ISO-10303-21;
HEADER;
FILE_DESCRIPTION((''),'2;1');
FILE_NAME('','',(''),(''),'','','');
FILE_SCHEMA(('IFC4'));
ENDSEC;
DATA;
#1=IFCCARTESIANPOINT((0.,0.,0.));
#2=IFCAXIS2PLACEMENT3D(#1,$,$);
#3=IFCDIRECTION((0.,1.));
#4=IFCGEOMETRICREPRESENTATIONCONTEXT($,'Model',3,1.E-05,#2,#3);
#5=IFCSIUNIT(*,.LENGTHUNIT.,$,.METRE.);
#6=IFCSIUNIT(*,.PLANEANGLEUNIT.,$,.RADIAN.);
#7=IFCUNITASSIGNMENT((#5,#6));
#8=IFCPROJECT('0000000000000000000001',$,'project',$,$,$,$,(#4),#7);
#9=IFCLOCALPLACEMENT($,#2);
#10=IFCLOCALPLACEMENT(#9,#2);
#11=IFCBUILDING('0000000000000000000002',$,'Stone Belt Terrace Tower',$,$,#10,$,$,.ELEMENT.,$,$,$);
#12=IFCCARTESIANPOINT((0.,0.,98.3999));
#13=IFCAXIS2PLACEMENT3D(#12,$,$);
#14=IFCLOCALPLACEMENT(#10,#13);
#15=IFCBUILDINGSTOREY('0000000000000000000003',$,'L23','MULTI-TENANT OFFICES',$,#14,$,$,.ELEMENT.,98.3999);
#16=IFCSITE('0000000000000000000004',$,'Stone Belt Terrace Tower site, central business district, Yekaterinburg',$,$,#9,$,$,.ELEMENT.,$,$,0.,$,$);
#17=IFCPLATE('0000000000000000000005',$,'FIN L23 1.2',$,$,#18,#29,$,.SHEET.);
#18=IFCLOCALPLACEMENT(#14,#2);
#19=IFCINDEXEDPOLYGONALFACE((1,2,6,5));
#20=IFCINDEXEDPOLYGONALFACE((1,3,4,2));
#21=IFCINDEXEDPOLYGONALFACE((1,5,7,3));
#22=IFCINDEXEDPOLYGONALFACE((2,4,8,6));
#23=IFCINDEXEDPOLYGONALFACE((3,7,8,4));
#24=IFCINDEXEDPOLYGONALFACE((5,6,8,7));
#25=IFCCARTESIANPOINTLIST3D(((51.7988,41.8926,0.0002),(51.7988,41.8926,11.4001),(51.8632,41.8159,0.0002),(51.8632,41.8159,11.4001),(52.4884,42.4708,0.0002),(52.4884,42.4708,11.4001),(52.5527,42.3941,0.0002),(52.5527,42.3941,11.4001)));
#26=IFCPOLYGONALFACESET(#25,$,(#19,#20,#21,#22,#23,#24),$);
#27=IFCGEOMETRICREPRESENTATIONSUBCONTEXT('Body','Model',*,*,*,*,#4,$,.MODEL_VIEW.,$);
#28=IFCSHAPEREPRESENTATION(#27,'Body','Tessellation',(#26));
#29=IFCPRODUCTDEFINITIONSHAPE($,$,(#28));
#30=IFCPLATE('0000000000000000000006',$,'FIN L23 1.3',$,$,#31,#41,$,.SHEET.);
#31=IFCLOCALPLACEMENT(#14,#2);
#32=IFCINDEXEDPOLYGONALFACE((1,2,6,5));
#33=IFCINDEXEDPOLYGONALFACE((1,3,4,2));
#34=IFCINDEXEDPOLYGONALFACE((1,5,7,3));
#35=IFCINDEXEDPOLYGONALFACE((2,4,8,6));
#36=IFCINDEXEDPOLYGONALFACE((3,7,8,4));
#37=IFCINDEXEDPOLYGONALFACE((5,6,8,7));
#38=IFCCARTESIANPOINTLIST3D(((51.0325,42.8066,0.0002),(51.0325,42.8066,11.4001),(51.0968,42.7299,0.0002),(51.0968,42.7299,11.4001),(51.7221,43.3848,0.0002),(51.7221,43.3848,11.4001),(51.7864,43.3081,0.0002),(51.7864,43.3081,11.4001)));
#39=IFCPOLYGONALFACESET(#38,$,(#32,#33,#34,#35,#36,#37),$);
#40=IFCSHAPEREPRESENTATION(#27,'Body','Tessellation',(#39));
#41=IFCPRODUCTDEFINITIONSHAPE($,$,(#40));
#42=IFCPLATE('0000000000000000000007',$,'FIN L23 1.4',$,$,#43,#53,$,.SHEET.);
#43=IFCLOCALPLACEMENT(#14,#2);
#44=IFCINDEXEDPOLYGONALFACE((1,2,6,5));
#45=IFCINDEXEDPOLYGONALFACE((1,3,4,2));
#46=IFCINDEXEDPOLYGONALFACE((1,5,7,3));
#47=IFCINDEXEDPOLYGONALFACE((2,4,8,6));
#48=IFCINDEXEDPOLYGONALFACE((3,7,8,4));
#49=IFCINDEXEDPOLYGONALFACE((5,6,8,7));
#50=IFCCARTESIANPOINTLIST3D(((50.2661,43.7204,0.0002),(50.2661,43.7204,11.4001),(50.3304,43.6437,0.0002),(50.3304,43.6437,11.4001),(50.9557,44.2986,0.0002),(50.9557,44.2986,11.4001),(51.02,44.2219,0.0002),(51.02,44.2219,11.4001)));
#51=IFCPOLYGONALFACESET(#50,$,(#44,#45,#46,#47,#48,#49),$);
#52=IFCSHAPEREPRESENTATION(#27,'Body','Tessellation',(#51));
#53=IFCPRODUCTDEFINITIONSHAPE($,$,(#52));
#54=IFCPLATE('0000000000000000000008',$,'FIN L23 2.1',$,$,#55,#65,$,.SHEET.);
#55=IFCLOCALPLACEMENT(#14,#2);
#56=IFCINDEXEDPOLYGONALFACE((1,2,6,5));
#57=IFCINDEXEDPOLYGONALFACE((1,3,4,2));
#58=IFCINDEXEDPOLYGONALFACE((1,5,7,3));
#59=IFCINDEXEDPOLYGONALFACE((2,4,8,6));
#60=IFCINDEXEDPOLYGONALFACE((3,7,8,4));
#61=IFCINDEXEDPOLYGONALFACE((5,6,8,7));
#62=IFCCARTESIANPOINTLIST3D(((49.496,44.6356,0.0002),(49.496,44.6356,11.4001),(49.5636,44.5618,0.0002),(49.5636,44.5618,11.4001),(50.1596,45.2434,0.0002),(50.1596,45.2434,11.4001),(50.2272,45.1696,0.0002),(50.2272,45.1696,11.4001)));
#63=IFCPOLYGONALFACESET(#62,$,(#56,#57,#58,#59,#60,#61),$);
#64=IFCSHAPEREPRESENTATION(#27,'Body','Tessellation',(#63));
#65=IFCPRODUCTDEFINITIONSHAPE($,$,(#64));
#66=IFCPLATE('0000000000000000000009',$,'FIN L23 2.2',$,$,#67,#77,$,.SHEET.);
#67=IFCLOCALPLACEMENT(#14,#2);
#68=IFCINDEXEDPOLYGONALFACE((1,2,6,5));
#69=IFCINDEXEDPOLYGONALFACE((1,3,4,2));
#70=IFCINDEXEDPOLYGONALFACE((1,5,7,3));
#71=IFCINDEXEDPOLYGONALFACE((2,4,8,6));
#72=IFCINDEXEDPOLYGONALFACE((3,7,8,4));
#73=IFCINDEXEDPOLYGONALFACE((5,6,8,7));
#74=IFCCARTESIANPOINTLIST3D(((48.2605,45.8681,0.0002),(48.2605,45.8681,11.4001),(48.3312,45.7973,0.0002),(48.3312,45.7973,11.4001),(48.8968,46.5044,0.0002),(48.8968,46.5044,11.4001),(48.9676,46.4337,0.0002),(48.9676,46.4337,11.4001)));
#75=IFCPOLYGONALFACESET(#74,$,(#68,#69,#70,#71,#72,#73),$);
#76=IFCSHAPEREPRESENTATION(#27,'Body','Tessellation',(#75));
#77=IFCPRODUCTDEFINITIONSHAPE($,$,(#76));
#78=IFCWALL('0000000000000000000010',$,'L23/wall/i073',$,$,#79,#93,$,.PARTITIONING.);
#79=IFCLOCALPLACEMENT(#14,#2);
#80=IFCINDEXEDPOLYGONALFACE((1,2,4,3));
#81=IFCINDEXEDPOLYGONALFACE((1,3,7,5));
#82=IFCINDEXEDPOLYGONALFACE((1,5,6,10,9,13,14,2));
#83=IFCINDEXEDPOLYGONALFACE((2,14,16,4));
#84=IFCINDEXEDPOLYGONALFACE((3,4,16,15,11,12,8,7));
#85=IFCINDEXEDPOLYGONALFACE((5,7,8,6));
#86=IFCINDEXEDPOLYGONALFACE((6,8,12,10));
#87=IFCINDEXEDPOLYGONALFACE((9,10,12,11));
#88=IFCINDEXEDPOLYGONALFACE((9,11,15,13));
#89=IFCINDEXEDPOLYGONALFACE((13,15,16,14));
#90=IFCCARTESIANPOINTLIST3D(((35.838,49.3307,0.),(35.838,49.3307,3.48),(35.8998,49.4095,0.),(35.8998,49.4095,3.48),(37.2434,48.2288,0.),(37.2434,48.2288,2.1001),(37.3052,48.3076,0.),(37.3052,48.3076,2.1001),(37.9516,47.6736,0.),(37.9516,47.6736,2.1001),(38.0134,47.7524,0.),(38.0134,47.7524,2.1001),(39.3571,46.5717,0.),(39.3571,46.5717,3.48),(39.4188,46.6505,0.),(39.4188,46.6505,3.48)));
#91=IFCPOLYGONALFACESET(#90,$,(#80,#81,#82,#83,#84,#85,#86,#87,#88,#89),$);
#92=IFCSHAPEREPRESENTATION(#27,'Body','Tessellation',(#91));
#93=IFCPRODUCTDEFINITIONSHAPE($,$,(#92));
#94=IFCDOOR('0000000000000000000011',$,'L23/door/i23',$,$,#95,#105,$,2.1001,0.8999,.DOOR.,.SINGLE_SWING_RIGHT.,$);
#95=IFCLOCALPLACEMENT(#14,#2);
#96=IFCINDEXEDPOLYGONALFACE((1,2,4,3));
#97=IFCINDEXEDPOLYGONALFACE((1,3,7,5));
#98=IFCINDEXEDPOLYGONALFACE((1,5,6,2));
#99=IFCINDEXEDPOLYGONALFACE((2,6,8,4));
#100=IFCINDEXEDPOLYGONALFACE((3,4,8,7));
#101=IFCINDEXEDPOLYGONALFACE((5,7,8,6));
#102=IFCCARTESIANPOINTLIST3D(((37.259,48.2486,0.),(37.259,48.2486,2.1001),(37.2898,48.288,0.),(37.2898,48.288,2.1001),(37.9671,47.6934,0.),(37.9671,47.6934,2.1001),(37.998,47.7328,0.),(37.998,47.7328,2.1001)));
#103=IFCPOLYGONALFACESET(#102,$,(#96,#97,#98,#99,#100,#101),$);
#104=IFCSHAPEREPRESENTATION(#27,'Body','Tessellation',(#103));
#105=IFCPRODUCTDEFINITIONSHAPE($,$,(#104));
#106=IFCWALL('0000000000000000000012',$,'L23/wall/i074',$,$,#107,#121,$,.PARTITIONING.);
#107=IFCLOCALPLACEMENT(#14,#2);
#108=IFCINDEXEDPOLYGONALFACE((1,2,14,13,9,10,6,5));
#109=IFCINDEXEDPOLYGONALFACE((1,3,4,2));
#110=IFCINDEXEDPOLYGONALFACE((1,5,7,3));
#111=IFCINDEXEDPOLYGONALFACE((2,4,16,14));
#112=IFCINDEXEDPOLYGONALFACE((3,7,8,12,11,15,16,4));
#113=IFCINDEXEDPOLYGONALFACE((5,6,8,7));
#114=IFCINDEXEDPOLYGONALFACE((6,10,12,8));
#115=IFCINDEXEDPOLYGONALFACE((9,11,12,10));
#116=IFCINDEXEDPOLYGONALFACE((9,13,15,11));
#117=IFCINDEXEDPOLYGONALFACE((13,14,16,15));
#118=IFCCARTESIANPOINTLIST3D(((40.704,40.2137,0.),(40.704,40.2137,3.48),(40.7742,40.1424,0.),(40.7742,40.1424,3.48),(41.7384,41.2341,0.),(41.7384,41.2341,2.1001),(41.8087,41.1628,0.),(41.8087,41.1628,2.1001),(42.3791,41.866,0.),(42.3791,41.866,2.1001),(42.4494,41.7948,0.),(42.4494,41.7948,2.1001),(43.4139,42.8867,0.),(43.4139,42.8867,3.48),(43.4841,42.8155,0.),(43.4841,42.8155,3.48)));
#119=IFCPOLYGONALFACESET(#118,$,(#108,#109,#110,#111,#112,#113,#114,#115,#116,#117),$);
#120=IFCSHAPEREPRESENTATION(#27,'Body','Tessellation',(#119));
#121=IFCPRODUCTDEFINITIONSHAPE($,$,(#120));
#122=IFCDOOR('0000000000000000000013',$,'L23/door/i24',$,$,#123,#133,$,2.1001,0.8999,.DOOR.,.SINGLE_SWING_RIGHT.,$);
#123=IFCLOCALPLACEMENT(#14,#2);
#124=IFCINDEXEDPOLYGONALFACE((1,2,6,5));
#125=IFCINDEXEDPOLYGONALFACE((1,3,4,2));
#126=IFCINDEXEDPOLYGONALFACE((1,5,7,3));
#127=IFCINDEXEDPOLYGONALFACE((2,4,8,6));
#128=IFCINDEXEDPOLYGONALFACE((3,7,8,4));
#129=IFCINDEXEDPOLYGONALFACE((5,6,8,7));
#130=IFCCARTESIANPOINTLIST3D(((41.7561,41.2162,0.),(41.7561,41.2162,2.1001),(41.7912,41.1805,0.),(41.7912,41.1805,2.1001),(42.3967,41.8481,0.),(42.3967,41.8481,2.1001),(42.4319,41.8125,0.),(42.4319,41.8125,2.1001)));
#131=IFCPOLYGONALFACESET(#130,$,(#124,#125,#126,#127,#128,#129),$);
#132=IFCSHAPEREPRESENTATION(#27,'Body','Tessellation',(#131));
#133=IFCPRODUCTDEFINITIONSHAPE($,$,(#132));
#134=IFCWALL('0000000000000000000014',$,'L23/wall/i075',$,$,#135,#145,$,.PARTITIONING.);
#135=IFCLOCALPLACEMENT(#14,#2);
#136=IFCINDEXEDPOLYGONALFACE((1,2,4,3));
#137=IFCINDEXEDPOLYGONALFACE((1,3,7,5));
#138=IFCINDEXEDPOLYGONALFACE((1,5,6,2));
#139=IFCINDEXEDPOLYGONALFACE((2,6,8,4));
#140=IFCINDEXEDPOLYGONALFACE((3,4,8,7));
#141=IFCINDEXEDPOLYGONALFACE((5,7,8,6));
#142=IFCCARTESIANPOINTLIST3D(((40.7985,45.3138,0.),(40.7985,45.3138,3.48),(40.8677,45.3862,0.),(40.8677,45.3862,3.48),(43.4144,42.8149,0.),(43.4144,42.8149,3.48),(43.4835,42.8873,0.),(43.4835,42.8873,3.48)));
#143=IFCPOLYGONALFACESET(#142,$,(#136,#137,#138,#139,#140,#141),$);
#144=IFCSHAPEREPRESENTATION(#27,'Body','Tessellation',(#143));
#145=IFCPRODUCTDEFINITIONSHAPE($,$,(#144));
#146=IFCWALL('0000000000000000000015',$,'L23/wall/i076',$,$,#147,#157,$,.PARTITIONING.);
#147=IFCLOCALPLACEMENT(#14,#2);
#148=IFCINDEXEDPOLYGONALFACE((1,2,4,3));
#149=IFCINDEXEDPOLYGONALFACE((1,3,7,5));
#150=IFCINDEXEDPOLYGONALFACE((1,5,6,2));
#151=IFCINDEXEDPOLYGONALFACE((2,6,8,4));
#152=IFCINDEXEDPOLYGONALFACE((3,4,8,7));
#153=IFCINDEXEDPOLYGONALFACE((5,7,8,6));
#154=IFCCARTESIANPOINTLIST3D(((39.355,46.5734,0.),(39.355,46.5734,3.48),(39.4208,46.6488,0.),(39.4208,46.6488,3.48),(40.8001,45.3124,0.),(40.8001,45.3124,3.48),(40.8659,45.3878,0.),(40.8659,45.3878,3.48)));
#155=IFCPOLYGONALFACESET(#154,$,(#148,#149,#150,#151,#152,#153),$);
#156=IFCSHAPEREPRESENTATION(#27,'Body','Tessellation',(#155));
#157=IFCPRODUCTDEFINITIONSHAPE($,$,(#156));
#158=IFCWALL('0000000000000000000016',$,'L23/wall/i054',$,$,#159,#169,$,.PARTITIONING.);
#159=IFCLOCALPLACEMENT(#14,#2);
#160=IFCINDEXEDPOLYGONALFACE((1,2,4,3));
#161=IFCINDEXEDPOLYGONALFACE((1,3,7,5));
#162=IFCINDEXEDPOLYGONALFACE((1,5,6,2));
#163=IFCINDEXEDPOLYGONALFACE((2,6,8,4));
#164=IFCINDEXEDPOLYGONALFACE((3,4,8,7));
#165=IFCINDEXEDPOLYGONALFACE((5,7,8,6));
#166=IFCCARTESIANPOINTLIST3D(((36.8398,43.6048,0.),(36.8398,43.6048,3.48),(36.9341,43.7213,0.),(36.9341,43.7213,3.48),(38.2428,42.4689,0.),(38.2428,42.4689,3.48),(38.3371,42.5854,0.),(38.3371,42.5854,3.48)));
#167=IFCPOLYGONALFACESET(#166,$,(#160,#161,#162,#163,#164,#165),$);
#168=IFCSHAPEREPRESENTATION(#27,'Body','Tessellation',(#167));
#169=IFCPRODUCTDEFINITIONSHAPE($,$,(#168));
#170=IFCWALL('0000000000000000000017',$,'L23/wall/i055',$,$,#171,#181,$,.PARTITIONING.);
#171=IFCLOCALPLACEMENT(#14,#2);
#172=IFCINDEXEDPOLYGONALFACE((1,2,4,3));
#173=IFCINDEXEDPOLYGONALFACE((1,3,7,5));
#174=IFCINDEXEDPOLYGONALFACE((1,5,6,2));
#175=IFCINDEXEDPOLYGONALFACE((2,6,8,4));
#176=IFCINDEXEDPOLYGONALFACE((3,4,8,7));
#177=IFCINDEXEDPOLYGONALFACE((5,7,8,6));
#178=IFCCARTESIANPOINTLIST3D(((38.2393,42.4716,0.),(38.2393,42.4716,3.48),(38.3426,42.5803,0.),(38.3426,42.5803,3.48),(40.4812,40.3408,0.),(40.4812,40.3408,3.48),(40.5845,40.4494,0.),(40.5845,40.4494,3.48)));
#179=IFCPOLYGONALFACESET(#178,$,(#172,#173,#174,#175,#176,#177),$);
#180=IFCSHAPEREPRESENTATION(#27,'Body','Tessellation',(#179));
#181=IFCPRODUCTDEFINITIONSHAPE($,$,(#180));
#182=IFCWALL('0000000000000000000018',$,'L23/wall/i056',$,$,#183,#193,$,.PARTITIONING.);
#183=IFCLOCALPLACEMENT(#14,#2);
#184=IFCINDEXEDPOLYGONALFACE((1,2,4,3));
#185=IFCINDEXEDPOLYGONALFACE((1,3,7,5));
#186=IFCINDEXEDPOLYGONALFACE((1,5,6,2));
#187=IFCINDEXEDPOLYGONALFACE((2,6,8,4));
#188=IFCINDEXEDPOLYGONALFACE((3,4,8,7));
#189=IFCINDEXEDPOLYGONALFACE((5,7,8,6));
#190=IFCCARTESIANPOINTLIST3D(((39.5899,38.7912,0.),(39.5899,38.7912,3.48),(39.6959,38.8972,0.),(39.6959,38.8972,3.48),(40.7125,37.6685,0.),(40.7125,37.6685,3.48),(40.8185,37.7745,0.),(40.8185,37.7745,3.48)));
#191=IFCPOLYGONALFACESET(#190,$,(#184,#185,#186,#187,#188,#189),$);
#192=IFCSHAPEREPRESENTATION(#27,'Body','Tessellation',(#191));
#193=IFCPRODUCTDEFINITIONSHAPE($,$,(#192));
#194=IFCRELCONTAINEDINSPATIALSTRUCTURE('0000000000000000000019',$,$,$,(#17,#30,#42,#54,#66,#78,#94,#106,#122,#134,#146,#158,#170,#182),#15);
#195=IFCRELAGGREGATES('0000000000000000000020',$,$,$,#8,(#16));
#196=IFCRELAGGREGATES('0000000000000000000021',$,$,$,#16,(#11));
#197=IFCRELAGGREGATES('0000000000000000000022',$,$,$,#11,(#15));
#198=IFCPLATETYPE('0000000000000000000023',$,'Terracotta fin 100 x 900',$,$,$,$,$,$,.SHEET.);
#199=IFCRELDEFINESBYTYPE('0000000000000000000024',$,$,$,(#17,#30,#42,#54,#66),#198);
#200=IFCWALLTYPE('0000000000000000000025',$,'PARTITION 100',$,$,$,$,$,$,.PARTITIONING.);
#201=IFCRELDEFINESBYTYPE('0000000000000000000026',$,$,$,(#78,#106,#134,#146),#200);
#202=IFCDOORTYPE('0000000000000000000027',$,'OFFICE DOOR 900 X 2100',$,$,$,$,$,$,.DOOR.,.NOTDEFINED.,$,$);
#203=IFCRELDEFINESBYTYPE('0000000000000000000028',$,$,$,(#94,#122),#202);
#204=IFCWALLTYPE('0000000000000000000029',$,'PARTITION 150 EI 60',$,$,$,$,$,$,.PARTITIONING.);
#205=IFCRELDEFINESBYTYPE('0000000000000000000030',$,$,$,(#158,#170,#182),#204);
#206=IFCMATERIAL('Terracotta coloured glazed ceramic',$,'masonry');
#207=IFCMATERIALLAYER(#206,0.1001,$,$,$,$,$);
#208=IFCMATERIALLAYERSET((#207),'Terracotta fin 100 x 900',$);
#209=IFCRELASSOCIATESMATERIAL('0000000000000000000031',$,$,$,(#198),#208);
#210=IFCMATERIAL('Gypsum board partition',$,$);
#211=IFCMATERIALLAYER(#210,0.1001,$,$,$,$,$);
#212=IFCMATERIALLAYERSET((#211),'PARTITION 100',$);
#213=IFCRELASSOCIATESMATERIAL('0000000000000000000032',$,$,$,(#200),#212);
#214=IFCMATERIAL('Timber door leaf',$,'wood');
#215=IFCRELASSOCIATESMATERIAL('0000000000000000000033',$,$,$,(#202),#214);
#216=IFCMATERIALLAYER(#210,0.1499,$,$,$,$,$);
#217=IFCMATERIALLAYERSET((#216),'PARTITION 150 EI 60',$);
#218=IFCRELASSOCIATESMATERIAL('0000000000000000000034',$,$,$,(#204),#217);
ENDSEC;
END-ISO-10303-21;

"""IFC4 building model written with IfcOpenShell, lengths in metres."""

from ifc_helpers import new_model, si_unit, direction, frame, frame_2d, origin, origin_2d, place, context, subcontext, project, spatial, rectangle, extrude, material, layer, layer_set, type_object, element, fill, save


model = new_model("IFC4")

# Units and contexts
model_context = context("Model", 3, precision=1e-05, world=origin(), true_north=direction((0.0, 1.0)))
body_context = subcontext(model_context, "Body", "Model", "MODEL_VIEW")
ifc_project = project(units=[si_unit("LENGTHUNIT", "METRE"), si_unit("PLANEANGLEUNIT", "RADIAN")], contexts=[model_context])

# Site, building, storey
site_placement = place(None, origin())
site = spatial("IfcSite", under=ifc_project, at=site_placement, Name="Stone Belt Terrace Tower site, central business district, Yekaterinburg", CompositionType="ELEMENT", RefElevation=0.0)
building_placement = place(site_placement, origin())
building = spatial("IfcBuilding", under=site, at=building_placement, Name="Stone Belt Terrace Tower", CompositionType="ELEMENT")
storey_placement = place(building_placement, frame((0.0, 0.0, 98.3999)))
storey = spatial("IfcBuildingStorey", under=building, at=storey_placement, Name="L23", Description="MULTI-TENANT OFFICES", CompositionType="ELEMENT", Elevation=98.3999)

# Plates
ifc_material_1 = material(Name="Terracotta coloured glazed ceramic", Category="masonry")
ifc_layer_1 = layer(ifc_material_1, 0.1001)
ifc_layer_set_1 = layer_set([ifc_layer_1], Name="Terracotta fin 100 x 900")
plate_type_1 = type_object("IfcPlateType", Name="Terracotta fin 100 x 900", PredefinedType="SHEET", material=ifc_layer_set_1)
for number, where, z_axis, x_axis, name in (
    (1, (52.1758, 42.1433, 0.0002), (0.0, 0.0, 1.0), (0.766278, 0.642509, 0.0), "FIN L23 1.2"),
    (2, (51.4094, 43.0574, 0.0002), (0.0, 0.0, 1.0), (0.766278, 0.642509, 0.0), "FIN L23 1.3"),
    (3, (50.6431, 43.9712, 0.0002), (0.0, 0.0, 1.0), (0.766278, 0.642509, 0.0), "FIN L23 1.4"),
    (4, (49.8616, 44.9026, 0.0002), (0.0, 0.0, 1.0), (0.7374, 0.675456, 0.0), "FIN L23 2.1"),
    (5, (48.614, 46.1509, 0.0002), (0.0, 0.0, 1.0), (0.707107, 0.707107, 0.0), "FIN L23 2.2"),
):
    element("IfcPlate", number, at=place(storey_placement, frame(where, z_axis=z_axis, x_axis=x_axis)), inside=storey, type_object=plate_type_1, Name=name, PredefinedType="SHEET", context=body_context, shape_type="SweptSolid", body=[
        extrude(rectangle(XDim=0.8999, YDim=0.1001, at=origin_2d()), origin(), (0.0, 0.0, 1.0), 11.3999),
    ])

# Walls, openings, doors
ifc_material_2 = material(Name="Gypsum board partition")
ifc_layer_2 = layer(ifc_material_2, 0.1001)
ifc_layer_set_2 = layer_set([ifc_layer_2], Name="PARTITION 100")
wall_type_1 = type_object("IfcWallType", Name="PARTITION 100", PredefinedType="PARTITIONING", material=ifc_layer_set_2)
wall_1_placement = place(storey_placement, frame((39.3879, 46.6111, 0.0), z_axis=(0.0, 0.0, 1.0), x_axis=(-0.786962, 0.617001, 0.0)))
wall_1 = element("IfcWall", 6, at=wall_1_placement, inside=storey, type_object=wall_type_1, Name="L23/wall/i073", PredefinedType="PARTITIONING", context=body_context, shape_type="SweptSolid", body=[
    extrude(rectangle(XDim=4.4717, YDim=0.1001, at=frame_2d((2.2358, 0.0))), origin(), (0.0, 0.0, 1.0), 3.48),
])
opening_1_placement = place(wall_1_placement, frame((1.7859, 0.0, 0.0)))
opening_1 = element("IfcOpeningElement", 7, at=opening_1_placement, cuts=wall_1, PredefinedType="OPENING", context=body_context, shape_type="SweptSolid", body=[
    extrude(rectangle(XDim=0.8999, YDim=2.1001, at=frame_2d((0.45, 1.05))), frame((0.0, 0.0601, 0.0), z_axis=(0.0, -1.0, 0.0), x_axis=(1.0, 0.0, 0.0)), (0.0, 0.0, 1.0), 0.1201),
])
ifc_material_3 = material(Name="Timber door leaf", Category="wood")
door_type_1 = type_object("IfcDoorType", Name="OFFICE DOOR 900 X 2100", OperationType="NOTDEFINED", PredefinedType="DOOR", material=ifc_material_3)
door_1_placement = place(opening_1_placement, origin())
door_1 = element("IfcDoor", 8, at=door_1_placement, inside=storey, type_object=door_type_1, Name="L23/door/i23", OperationType="SINGLE_SWING_RIGHT", OverallHeight=2.1001, OverallWidth=0.8999, PredefinedType="DOOR", context=body_context, shape_type="SweptSolid", body=[
    extrude(rectangle(XDim=0.8999, YDim=2.1001, at=frame_2d((0.45, 1.05))), frame((0.0, 0.0249, 0.0), z_axis=(0.0, -1.0, 0.0), x_axis=(1.0, 0.0, 0.0)), (0.0, 0.0, 1.0), 0.05),
])
fill(opening_1, door_1)
wall_2_placement = place(storey_placement, frame((40.739, 40.178, 0.0), z_axis=(0.0, 0.0, 1.0), x_axis=(0.711933, 0.702248, 0.0)))
wall_2 = element("IfcWall", 9, at=wall_2_placement, inside=storey, type_object=wall_type_1, Name="L23/wall/i074", PredefinedType="PARTITIONING", context=body_context, shape_type="SweptSolid", body=[
    extrude(rectangle(XDim=3.8064, YDim=0.1001, at=frame_2d((1.9033, 0.0))), origin(), (0.0, 0.0, 1.0), 3.48),
])
opening_2_placement = place(wall_2_placement, frame((1.4531, 0.0, 0.0)))
opening_2 = element("IfcOpeningElement", 10, at=opening_2_placement, cuts=wall_2, PredefinedType="OPENING", context=body_context, shape_type="SweptSolid", body=[
    extrude(rectangle(XDim=0.8999, YDim=2.1001, at=frame_2d((0.45, 1.05))), frame((0.0, 0.0601, 0.0), z_axis=(0.0, -1.0, 0.0), x_axis=(1.0, 0.0, 0.0)), (0.0, 0.0, 1.0), 0.1201),
])
door_2_placement = place(opening_2_placement, origin())
door_2 = element("IfcDoor", 11, at=door_2_placement, inside=storey, type_object=door_type_1, Name="L23/door/i24", OperationType="SINGLE_SWING_RIGHT", OverallHeight=2.1001, OverallWidth=0.8999, PredefinedType="DOOR", context=body_context, shape_type="SweptSolid", body=[
    extrude(rectangle(XDim=0.8999, YDim=2.1001, at=frame_2d((0.45, 1.05))), frame((0.0, 0.0249, 0.0), z_axis=(0.0, -1.0, 0.0), x_axis=(1.0, 0.0, 0.0)), (0.0, 0.0, 1.0), 0.05),
])
fill(opening_2, door_2)

# Walls
wall_3_placement = place(storey_placement, frame((43.449, 42.8511, 0.0), z_axis=(0.0, 0.0, 1.0), x_axis=(-0.723084, 0.69076, 0.0)))
element("IfcWall", 12, at=wall_3_placement, inside=storey, type_object=wall_type_1, Name="L23/wall/i075", PredefinedType="PARTITIONING", context=body_context, shape_type="SweptSolid", body=[
    extrude(rectangle(XDim=3.6177, YDim=0.1001, at=frame_2d((1.8088, 0.0))), origin(), (0.0, 0.0, 1.0), 3.48),
])
wall_4_placement = place(storey_placement, frame((40.833, 45.3501, 0.0), z_axis=(0.0, 0.0, 1.0), x_axis=(-0.753467, 0.657486, 0.0)))
element("IfcWall", 13, at=wall_4_placement, inside=storey, type_object=wall_type_1, Name="L23/wall/i076", PredefinedType="PARTITIONING", context=body_context, shape_type="SweptSolid", body=[
    extrude(rectangle(XDim=1.918, YDim=0.1001, at=frame_2d((0.959, 0.0))), origin(), (0.0, 0.0, 1.0), 3.48),
])
ifc_layer_3 = layer(ifc_material_2, 0.1499)
ifc_layer_set_3 = layer_set([ifc_layer_3], Name="PARTITION 150 EI 60")
wall_type_2 = type_object("IfcWallType", Name="PARTITION 150 EI 60", PredefinedType="PARTITIONING", material=ifc_layer_set_3)
wall_5_placement = place(storey_placement, frame((36.887, 43.6631, 0.0), z_axis=(0.0, 0.0, 1.0), x_axis=(0.777201, -0.629253, 0.0)))
element("IfcWall", 14, at=wall_5_placement, inside=storey, type_object=wall_type_2, Name="L23/wall/i054", PredefinedType="PARTITIONING", context=body_context, shape_type="SweptSolid", body=[
    extrude(rectangle(XDim=1.8052, YDim=0.1499, at=frame_2d((0.9026, 0.0))), origin(), (0.0, 0.0, 1.0), 3.48),
])
wall_6_placement = place(storey_placement, frame((38.291, 42.5259, 0.0), z_axis=(0.0, 0.0, 1.0), x_axis=(0.724836, -0.688922, 0.0)))
element("IfcWall", 15, at=wall_6_placement, inside=storey, type_object=wall_type_2, Name="L23/wall/i055", PredefinedType="PARTITIONING", context=body_context, shape_type="SweptSolid", body=[
    extrude(rectangle(XDim=3.093, YDim=0.1499, at=frame_2d((1.5464, 0.0))), origin(), (0.0, 0.0, 1.0), 3.48),
])
wall_7_placement = place(storey_placement, frame((40.7656, 37.7214, 0.0), z_axis=(0.0, 0.0, 1.0), x_axis=(-0.707107, 0.707107, 0.0)))
element("IfcWall", 16, at=wall_7_placement, inside=storey, type_object=wall_type_2, Name="L23/wall/i056", PredefinedType="PARTITIONING", context=body_context, shape_type="SweptSolid", body=[
    extrude(rectangle(XDim=1.5876, YDim=0.1499, at=frame_2d((0.7939, 0.0))), origin(), (0.0, 0.0, 1.0), 3.48),
])

save(model, "model.ifc")
